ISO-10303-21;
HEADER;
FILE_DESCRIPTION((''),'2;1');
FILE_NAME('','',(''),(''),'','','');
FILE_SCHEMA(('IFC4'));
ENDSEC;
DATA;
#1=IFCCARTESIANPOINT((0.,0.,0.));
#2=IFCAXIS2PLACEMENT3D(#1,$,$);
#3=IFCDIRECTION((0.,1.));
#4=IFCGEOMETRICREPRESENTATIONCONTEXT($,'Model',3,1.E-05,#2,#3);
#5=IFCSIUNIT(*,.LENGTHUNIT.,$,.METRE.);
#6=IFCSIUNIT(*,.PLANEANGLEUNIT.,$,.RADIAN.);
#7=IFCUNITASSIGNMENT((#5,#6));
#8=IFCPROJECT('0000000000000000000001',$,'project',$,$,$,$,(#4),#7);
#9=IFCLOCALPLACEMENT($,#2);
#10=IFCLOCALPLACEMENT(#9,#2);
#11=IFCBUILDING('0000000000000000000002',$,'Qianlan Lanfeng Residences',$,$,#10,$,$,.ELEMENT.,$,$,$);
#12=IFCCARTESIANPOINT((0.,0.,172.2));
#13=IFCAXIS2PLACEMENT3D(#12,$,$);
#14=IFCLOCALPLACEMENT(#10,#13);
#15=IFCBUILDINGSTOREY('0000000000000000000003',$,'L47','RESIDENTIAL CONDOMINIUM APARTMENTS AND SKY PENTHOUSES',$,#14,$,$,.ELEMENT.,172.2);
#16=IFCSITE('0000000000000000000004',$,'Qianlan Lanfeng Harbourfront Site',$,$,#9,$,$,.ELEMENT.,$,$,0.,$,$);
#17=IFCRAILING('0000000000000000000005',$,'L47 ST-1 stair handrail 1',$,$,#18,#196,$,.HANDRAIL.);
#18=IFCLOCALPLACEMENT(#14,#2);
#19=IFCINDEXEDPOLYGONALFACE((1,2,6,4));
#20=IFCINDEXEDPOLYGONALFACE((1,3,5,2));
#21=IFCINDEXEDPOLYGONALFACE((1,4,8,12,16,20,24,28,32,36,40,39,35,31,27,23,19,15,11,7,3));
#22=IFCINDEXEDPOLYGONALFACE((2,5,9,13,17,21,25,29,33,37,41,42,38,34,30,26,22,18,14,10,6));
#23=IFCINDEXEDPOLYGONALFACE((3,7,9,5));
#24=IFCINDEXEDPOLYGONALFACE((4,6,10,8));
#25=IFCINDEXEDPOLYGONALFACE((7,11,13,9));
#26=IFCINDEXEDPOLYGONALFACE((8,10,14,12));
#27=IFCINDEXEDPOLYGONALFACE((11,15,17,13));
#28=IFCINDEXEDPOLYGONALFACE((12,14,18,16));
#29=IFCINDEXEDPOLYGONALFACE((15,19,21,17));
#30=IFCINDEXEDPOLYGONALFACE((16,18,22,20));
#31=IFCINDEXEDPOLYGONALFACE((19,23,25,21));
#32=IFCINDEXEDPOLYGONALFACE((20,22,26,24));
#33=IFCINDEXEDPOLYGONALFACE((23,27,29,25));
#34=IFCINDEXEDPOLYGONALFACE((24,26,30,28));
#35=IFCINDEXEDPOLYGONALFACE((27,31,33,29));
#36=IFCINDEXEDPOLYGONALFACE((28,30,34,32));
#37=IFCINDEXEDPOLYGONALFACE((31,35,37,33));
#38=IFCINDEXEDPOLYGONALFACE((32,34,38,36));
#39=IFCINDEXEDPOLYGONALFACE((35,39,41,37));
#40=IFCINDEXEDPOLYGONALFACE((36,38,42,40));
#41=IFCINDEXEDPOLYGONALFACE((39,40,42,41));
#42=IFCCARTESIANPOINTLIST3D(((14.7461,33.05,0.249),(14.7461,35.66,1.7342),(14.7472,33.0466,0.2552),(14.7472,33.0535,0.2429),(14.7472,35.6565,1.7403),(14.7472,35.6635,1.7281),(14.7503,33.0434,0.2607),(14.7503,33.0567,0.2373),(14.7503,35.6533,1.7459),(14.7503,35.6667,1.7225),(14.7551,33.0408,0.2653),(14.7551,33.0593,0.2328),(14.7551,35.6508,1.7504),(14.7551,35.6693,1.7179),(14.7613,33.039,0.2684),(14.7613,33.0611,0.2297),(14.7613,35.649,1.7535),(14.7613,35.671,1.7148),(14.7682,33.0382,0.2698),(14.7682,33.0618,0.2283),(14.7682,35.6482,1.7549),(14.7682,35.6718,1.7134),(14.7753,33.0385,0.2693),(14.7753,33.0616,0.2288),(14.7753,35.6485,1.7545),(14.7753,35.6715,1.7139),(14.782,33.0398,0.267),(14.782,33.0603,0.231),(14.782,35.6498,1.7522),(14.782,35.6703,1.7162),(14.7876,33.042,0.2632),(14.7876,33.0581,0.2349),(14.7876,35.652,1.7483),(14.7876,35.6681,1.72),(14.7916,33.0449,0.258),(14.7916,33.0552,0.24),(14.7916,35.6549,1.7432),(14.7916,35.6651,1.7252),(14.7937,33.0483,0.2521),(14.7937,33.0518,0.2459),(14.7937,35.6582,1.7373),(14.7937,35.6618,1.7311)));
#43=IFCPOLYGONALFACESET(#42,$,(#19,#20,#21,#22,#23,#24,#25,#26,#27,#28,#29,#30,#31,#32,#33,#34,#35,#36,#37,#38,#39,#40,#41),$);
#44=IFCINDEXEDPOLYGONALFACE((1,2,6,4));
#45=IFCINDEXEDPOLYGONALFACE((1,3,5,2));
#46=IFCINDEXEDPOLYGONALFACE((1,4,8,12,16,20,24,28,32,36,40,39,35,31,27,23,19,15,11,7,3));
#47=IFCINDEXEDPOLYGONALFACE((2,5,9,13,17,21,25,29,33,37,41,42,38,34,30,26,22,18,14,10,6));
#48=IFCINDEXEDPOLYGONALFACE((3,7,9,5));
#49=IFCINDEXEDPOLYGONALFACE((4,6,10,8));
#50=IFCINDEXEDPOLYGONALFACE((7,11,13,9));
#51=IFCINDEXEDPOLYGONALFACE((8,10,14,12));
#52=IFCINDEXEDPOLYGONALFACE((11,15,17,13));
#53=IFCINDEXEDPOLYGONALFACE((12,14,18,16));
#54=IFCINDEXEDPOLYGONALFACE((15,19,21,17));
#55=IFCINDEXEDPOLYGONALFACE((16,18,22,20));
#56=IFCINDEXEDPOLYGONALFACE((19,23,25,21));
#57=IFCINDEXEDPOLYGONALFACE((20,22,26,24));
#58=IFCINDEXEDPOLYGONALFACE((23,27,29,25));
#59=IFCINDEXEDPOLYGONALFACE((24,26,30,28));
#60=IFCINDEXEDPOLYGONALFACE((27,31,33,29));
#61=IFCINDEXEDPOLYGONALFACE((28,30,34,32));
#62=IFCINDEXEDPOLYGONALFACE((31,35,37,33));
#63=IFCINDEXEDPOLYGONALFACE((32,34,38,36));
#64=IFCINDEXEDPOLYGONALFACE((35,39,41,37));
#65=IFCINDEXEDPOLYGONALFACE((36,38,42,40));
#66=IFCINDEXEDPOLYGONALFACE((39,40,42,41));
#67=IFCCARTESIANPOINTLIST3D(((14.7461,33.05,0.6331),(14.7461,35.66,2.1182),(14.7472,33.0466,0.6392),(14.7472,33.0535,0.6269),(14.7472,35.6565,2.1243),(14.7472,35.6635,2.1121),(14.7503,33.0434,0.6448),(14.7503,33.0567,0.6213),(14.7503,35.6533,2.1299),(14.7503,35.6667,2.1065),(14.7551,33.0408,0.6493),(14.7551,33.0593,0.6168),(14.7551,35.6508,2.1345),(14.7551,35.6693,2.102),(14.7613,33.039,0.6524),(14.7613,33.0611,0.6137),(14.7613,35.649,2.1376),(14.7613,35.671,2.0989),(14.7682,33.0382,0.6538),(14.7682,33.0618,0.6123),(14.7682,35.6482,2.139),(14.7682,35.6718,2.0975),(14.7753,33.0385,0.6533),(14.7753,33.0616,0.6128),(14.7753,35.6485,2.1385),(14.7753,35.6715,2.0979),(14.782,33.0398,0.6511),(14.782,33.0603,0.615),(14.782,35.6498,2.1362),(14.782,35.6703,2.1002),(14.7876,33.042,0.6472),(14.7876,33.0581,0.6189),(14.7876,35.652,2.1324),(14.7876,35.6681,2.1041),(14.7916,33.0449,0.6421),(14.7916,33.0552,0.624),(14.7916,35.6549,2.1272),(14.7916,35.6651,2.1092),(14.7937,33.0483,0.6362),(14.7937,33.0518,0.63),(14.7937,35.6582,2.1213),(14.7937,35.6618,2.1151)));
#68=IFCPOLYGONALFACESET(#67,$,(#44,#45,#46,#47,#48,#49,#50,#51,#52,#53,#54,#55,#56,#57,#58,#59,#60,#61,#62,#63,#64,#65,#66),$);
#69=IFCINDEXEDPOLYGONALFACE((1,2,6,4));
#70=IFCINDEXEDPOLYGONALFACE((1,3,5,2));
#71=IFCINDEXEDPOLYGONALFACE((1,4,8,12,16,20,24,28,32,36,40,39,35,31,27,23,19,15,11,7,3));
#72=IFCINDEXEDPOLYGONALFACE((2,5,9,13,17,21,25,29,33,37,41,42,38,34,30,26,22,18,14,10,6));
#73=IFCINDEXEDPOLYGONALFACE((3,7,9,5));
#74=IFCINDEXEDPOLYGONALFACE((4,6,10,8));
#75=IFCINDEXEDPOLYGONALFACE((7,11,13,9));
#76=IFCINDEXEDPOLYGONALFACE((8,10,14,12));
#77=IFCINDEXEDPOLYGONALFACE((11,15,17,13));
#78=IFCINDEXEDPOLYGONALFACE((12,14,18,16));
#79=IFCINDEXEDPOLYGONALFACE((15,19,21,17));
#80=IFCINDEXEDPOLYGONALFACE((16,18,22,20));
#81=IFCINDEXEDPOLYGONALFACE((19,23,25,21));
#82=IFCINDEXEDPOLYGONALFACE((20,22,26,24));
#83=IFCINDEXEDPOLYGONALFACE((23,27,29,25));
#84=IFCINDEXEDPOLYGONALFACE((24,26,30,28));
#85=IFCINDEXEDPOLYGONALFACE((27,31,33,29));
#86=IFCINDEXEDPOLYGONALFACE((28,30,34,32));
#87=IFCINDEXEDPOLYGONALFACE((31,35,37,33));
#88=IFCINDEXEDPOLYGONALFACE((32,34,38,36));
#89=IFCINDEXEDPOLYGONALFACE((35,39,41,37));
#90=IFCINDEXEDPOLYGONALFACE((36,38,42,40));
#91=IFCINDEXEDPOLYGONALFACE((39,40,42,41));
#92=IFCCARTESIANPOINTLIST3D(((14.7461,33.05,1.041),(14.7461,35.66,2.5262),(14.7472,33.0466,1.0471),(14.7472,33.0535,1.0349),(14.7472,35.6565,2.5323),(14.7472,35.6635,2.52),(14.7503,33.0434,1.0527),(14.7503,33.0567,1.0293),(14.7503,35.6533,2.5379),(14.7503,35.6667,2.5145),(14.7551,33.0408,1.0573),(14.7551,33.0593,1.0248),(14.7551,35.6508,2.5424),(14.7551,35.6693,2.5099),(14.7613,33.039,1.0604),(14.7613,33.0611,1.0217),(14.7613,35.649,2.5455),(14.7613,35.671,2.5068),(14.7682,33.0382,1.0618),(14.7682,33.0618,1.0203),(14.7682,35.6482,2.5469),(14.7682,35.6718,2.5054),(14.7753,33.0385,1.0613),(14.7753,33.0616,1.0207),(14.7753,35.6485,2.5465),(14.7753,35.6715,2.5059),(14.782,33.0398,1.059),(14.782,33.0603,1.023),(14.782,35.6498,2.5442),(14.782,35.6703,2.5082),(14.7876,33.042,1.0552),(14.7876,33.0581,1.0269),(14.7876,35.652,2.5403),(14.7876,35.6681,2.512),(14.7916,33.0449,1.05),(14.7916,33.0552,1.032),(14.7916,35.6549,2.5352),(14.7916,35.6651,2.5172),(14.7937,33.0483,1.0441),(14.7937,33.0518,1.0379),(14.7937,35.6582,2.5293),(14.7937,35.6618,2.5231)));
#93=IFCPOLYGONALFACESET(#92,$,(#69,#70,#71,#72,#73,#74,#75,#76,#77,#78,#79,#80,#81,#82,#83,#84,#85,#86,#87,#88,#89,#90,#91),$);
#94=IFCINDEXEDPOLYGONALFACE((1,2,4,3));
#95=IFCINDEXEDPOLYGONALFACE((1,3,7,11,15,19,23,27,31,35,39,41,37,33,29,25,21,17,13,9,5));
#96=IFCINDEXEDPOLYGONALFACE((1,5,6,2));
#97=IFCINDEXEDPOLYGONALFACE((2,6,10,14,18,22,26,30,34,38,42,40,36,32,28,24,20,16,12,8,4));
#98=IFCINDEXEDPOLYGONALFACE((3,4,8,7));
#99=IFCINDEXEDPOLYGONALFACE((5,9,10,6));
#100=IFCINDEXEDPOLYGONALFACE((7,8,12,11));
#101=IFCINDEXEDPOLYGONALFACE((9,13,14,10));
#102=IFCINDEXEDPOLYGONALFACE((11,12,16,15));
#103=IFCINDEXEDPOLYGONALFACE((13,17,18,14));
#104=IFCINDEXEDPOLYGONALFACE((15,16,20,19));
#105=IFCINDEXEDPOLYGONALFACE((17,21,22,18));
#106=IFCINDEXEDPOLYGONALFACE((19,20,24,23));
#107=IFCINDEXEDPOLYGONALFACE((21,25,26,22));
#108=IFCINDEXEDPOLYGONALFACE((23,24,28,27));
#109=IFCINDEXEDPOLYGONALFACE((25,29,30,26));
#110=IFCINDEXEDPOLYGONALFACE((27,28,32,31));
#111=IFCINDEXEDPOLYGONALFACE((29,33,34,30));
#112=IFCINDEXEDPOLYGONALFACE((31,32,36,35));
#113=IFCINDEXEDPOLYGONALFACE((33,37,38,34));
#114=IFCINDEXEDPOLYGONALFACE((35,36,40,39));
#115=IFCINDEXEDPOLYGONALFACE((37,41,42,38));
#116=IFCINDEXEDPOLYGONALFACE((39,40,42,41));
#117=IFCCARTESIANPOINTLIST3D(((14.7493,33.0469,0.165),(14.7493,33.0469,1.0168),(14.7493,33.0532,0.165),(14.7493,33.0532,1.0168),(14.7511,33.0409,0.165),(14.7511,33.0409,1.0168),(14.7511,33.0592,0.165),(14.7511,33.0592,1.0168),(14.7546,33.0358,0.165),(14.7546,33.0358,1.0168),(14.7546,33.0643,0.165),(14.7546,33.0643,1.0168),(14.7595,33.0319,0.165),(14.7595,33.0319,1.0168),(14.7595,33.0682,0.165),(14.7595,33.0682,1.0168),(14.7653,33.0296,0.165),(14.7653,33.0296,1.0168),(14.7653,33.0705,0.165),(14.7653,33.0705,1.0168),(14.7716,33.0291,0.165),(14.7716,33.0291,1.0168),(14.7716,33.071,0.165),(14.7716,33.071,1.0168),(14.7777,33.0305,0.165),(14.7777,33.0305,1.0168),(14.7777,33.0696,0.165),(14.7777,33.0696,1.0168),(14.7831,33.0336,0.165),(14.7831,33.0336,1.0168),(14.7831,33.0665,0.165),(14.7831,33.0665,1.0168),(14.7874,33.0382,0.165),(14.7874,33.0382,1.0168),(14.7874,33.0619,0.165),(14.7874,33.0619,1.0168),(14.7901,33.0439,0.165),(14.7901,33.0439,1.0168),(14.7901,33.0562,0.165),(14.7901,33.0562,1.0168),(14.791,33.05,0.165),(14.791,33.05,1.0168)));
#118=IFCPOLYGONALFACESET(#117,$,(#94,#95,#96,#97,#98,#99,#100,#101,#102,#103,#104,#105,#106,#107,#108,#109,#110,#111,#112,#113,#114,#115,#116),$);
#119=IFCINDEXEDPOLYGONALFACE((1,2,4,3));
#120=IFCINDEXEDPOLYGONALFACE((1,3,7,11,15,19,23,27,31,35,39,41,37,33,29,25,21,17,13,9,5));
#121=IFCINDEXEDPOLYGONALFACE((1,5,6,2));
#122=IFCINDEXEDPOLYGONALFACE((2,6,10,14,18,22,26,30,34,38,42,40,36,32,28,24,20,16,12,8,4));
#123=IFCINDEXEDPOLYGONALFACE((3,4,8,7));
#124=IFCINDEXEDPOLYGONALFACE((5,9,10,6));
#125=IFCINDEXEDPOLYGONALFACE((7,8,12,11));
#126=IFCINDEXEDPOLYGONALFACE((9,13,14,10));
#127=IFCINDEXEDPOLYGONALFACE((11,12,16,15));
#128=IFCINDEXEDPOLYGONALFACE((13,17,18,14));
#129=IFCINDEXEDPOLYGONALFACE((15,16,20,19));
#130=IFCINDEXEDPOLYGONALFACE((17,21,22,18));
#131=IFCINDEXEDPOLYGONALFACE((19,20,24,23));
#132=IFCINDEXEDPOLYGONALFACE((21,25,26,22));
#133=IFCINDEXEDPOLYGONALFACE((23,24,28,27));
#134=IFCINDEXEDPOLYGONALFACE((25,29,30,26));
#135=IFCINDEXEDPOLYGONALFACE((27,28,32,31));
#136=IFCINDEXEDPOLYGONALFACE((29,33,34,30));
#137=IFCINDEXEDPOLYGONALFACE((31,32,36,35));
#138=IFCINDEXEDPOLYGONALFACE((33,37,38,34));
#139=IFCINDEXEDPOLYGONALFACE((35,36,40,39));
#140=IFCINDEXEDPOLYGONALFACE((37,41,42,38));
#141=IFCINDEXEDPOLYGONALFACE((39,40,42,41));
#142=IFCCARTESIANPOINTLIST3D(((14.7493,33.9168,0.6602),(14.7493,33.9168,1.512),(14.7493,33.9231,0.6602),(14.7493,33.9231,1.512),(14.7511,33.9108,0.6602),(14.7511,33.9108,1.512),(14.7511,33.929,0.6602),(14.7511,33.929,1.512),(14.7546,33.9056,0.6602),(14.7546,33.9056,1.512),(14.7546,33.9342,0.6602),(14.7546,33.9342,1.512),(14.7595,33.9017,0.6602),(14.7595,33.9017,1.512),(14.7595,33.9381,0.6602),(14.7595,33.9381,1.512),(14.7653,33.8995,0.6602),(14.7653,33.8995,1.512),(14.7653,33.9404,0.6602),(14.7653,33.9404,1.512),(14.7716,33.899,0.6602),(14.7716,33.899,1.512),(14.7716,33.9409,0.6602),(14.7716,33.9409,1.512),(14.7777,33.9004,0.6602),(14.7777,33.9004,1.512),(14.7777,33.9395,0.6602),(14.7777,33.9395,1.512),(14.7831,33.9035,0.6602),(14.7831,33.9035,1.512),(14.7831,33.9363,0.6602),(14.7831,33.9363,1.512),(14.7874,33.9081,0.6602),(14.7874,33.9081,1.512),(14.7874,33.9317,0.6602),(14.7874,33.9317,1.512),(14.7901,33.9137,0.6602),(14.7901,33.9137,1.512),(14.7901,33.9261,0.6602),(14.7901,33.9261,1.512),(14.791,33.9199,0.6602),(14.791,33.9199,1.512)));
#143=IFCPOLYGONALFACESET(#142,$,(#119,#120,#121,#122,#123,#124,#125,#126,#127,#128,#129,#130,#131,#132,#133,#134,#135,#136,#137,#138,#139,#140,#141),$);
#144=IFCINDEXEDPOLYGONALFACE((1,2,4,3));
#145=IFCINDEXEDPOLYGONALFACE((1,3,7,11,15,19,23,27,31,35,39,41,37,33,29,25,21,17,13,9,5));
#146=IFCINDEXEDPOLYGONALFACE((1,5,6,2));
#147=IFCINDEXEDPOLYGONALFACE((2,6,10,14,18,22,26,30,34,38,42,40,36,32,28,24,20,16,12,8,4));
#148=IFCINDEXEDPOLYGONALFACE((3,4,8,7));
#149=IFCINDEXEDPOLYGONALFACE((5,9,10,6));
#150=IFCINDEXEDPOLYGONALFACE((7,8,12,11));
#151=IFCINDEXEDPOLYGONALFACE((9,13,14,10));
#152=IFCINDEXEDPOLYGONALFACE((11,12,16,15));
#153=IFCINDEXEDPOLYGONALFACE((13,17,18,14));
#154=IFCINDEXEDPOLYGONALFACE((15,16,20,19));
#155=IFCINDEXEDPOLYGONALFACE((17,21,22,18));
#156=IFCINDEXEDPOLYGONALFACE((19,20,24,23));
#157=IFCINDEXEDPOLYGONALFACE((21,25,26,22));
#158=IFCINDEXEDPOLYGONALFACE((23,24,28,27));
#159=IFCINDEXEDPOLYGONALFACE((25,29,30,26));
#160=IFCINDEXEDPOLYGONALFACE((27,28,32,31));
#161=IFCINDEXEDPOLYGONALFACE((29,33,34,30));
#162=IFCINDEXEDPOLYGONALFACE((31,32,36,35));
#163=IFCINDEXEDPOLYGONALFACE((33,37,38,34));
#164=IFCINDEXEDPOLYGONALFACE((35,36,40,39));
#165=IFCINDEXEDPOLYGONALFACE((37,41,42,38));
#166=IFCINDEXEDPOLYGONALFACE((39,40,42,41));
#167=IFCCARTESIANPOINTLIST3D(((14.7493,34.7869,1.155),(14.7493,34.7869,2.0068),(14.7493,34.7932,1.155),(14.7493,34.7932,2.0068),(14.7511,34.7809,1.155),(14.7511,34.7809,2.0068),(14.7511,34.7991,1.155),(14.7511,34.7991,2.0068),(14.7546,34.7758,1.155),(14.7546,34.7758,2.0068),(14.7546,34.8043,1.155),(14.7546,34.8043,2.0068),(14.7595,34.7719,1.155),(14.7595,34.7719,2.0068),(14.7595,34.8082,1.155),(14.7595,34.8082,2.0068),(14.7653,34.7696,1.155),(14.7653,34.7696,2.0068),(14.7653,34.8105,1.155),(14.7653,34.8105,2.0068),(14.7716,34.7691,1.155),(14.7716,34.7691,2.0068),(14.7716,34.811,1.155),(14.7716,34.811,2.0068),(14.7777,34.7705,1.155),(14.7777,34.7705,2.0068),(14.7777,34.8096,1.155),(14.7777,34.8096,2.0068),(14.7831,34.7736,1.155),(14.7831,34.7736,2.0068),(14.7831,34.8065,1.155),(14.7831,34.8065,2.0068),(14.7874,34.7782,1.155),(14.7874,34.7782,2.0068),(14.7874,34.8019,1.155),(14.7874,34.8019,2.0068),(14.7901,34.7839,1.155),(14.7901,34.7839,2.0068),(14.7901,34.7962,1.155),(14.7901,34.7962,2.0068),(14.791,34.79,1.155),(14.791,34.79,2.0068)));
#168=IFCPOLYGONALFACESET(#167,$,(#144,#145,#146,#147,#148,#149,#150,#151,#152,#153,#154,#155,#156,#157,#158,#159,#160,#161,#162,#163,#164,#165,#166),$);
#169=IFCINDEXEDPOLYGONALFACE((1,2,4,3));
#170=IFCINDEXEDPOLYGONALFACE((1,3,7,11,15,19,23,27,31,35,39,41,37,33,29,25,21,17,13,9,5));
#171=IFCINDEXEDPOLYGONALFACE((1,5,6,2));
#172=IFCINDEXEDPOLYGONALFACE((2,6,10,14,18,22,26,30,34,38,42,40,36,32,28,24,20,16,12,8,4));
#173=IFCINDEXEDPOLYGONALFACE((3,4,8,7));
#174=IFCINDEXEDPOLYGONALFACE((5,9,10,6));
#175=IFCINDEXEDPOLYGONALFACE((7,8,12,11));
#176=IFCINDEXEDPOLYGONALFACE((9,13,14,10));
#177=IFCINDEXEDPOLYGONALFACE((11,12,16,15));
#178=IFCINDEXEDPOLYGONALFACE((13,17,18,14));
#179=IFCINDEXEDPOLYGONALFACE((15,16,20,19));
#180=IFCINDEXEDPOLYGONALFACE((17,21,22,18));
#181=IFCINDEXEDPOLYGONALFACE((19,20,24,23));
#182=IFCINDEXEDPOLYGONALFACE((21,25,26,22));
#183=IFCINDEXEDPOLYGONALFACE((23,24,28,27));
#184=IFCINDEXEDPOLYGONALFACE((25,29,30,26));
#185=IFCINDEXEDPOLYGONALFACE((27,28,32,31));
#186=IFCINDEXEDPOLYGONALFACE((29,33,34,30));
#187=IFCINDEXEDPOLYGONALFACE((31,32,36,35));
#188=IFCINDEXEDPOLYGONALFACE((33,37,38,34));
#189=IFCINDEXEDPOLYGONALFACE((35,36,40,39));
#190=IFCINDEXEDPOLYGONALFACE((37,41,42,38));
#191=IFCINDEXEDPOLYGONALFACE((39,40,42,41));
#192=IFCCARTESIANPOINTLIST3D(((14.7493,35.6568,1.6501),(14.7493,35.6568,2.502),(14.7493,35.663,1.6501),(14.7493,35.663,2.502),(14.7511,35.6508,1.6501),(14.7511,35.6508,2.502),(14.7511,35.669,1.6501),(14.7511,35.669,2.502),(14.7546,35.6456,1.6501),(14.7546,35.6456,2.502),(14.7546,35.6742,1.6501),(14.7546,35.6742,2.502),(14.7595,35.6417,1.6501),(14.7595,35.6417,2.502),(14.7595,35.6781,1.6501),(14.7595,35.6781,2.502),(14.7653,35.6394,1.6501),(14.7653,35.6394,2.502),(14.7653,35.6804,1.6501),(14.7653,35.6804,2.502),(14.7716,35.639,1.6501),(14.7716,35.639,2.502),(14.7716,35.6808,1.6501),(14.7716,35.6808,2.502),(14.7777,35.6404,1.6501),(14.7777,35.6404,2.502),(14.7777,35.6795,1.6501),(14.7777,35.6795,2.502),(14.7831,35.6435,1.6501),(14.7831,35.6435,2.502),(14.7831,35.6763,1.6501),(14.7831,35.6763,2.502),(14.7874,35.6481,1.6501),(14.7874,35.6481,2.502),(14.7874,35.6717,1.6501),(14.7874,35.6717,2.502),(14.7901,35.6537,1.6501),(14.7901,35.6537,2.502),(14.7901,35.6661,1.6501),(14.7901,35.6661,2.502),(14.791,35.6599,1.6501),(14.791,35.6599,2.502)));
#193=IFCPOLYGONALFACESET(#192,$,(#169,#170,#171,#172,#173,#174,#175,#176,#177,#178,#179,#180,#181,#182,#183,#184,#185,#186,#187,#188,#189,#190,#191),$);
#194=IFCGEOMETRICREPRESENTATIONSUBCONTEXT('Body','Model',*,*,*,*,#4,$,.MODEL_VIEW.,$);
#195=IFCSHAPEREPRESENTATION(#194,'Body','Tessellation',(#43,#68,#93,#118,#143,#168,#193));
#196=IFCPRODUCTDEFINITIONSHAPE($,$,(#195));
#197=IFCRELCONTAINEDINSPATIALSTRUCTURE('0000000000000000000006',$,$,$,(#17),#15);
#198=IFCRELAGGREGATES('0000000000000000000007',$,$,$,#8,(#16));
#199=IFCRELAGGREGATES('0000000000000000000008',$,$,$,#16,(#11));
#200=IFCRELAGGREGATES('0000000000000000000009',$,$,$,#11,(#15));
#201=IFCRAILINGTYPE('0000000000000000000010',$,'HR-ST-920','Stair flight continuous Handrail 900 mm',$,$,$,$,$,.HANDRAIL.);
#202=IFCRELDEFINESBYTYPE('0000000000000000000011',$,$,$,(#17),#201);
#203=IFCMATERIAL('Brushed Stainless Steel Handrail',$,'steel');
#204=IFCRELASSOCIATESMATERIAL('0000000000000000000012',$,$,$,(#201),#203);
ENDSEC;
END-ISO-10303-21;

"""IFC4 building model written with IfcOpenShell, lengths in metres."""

from ifc_helpers import new_model, si_unit, direction, frame, origin, origin_2d, place, context, subcontext, project, spatial, circle, extrude, material, type_object, element, save


model = new_model("IFC4")

# Units and contexts
model_context = context("Model", 3, precision=1e-05, world=origin(), true_north=direction((0.0, 1.0)))
body_context = subcontext(model_context, "Body", "Model", "MODEL_VIEW")
ifc_project = project(units=[si_unit("LENGTHUNIT", "METRE"), si_unit("PLANEANGLEUNIT", "RADIAN")], contexts=[model_context])

# Site, building, storey
site_placement = place(None, origin())
site = spatial("IfcSite", under=ifc_project, at=site_placement, Name="Qianlan Lanfeng Harbourfront Site", CompositionType="ELEMENT", RefElevation=0.0)
building_placement = place(site_placement, origin())
building = spatial("IfcBuilding", under=site, at=building_placement, Name="Qianlan Lanfeng Residences", CompositionType="ELEMENT")
storey_placement = place(building_placement, frame((0.0, 0.0, 172.2)))
storey = spatial("IfcBuildingStorey", under=building, at=storey_placement, Name="L47", Description="RESIDENTIAL CONDOMINIUM APARTMENTS AND SKY PENTHOUSES", CompositionType="ELEMENT", Elevation=172.2)

# Railing
ifc_material_1 = material(Name="Brushed Stainless Steel Handrail", Category="steel")
railing_type_1 = type_object("IfcRailingType", Name="HR-ST-920", Description="Stair flight continuous Handrail 900 mm", PredefinedType="HANDRAIL", material=ifc_material_1)
railing_1_placement = place(storey_placement, frame((14.77, 33.05, 0.165)))
element("IfcRailing", 1, at=railing_1_placement, inside=storey, type_object=railing_type_1, Name="L47 ST-1 stair handrail 1", PredefinedType="HANDRAIL", context=body_context, shape_type="SweptSolid", body=[
    extrude(circle(Radius=0.0239, at=origin_2d()), frame((0.0, 0.0, 0.084), z_axis=(0.0, 0.869137, 0.494571), x_axis=(-1.0, 0.0, 0.0)), (0.0, 0.0, 1.0), 3.0029),
    extrude(circle(Radius=0.0239, at=origin_2d()), frame((0.0, 0.0, 0.468), z_axis=(0.0, 0.869137, 0.494571), x_axis=(-1.0, 0.0, 0.0)), (0.0, 0.0, 1.0), 3.0029),
    extrude(circle(Radius=0.0239, at=origin_2d()), frame((0.0, 0.0, 0.876), z_axis=(0.0, 0.869137, 0.494571), x_axis=(-1.0, 0.0, 0.0)), (0.0, 0.0, 1.0), 3.0029),
    extrude(circle(Radius=0.021, at=origin_2d()), origin(), (0.0, 0.0, 1.0), 0.8518),
    extrude(circle(Radius=0.021, at=origin_2d()), frame((0.0, 0.8699, 0.4951)), (0.0, 0.0, 1.0), 0.8518),
    extrude(circle(Radius=0.021, at=origin_2d()), frame((0.0, 1.74, 0.99)), (0.0, 0.0, 1.0), 0.8518),
    extrude(circle(Radius=0.021, at=origin_2d()), frame((0.0, 2.6099, 1.4851)), (0.0, 0.0, 1.0), 0.8518),
])

save(model, "model.ifc")
